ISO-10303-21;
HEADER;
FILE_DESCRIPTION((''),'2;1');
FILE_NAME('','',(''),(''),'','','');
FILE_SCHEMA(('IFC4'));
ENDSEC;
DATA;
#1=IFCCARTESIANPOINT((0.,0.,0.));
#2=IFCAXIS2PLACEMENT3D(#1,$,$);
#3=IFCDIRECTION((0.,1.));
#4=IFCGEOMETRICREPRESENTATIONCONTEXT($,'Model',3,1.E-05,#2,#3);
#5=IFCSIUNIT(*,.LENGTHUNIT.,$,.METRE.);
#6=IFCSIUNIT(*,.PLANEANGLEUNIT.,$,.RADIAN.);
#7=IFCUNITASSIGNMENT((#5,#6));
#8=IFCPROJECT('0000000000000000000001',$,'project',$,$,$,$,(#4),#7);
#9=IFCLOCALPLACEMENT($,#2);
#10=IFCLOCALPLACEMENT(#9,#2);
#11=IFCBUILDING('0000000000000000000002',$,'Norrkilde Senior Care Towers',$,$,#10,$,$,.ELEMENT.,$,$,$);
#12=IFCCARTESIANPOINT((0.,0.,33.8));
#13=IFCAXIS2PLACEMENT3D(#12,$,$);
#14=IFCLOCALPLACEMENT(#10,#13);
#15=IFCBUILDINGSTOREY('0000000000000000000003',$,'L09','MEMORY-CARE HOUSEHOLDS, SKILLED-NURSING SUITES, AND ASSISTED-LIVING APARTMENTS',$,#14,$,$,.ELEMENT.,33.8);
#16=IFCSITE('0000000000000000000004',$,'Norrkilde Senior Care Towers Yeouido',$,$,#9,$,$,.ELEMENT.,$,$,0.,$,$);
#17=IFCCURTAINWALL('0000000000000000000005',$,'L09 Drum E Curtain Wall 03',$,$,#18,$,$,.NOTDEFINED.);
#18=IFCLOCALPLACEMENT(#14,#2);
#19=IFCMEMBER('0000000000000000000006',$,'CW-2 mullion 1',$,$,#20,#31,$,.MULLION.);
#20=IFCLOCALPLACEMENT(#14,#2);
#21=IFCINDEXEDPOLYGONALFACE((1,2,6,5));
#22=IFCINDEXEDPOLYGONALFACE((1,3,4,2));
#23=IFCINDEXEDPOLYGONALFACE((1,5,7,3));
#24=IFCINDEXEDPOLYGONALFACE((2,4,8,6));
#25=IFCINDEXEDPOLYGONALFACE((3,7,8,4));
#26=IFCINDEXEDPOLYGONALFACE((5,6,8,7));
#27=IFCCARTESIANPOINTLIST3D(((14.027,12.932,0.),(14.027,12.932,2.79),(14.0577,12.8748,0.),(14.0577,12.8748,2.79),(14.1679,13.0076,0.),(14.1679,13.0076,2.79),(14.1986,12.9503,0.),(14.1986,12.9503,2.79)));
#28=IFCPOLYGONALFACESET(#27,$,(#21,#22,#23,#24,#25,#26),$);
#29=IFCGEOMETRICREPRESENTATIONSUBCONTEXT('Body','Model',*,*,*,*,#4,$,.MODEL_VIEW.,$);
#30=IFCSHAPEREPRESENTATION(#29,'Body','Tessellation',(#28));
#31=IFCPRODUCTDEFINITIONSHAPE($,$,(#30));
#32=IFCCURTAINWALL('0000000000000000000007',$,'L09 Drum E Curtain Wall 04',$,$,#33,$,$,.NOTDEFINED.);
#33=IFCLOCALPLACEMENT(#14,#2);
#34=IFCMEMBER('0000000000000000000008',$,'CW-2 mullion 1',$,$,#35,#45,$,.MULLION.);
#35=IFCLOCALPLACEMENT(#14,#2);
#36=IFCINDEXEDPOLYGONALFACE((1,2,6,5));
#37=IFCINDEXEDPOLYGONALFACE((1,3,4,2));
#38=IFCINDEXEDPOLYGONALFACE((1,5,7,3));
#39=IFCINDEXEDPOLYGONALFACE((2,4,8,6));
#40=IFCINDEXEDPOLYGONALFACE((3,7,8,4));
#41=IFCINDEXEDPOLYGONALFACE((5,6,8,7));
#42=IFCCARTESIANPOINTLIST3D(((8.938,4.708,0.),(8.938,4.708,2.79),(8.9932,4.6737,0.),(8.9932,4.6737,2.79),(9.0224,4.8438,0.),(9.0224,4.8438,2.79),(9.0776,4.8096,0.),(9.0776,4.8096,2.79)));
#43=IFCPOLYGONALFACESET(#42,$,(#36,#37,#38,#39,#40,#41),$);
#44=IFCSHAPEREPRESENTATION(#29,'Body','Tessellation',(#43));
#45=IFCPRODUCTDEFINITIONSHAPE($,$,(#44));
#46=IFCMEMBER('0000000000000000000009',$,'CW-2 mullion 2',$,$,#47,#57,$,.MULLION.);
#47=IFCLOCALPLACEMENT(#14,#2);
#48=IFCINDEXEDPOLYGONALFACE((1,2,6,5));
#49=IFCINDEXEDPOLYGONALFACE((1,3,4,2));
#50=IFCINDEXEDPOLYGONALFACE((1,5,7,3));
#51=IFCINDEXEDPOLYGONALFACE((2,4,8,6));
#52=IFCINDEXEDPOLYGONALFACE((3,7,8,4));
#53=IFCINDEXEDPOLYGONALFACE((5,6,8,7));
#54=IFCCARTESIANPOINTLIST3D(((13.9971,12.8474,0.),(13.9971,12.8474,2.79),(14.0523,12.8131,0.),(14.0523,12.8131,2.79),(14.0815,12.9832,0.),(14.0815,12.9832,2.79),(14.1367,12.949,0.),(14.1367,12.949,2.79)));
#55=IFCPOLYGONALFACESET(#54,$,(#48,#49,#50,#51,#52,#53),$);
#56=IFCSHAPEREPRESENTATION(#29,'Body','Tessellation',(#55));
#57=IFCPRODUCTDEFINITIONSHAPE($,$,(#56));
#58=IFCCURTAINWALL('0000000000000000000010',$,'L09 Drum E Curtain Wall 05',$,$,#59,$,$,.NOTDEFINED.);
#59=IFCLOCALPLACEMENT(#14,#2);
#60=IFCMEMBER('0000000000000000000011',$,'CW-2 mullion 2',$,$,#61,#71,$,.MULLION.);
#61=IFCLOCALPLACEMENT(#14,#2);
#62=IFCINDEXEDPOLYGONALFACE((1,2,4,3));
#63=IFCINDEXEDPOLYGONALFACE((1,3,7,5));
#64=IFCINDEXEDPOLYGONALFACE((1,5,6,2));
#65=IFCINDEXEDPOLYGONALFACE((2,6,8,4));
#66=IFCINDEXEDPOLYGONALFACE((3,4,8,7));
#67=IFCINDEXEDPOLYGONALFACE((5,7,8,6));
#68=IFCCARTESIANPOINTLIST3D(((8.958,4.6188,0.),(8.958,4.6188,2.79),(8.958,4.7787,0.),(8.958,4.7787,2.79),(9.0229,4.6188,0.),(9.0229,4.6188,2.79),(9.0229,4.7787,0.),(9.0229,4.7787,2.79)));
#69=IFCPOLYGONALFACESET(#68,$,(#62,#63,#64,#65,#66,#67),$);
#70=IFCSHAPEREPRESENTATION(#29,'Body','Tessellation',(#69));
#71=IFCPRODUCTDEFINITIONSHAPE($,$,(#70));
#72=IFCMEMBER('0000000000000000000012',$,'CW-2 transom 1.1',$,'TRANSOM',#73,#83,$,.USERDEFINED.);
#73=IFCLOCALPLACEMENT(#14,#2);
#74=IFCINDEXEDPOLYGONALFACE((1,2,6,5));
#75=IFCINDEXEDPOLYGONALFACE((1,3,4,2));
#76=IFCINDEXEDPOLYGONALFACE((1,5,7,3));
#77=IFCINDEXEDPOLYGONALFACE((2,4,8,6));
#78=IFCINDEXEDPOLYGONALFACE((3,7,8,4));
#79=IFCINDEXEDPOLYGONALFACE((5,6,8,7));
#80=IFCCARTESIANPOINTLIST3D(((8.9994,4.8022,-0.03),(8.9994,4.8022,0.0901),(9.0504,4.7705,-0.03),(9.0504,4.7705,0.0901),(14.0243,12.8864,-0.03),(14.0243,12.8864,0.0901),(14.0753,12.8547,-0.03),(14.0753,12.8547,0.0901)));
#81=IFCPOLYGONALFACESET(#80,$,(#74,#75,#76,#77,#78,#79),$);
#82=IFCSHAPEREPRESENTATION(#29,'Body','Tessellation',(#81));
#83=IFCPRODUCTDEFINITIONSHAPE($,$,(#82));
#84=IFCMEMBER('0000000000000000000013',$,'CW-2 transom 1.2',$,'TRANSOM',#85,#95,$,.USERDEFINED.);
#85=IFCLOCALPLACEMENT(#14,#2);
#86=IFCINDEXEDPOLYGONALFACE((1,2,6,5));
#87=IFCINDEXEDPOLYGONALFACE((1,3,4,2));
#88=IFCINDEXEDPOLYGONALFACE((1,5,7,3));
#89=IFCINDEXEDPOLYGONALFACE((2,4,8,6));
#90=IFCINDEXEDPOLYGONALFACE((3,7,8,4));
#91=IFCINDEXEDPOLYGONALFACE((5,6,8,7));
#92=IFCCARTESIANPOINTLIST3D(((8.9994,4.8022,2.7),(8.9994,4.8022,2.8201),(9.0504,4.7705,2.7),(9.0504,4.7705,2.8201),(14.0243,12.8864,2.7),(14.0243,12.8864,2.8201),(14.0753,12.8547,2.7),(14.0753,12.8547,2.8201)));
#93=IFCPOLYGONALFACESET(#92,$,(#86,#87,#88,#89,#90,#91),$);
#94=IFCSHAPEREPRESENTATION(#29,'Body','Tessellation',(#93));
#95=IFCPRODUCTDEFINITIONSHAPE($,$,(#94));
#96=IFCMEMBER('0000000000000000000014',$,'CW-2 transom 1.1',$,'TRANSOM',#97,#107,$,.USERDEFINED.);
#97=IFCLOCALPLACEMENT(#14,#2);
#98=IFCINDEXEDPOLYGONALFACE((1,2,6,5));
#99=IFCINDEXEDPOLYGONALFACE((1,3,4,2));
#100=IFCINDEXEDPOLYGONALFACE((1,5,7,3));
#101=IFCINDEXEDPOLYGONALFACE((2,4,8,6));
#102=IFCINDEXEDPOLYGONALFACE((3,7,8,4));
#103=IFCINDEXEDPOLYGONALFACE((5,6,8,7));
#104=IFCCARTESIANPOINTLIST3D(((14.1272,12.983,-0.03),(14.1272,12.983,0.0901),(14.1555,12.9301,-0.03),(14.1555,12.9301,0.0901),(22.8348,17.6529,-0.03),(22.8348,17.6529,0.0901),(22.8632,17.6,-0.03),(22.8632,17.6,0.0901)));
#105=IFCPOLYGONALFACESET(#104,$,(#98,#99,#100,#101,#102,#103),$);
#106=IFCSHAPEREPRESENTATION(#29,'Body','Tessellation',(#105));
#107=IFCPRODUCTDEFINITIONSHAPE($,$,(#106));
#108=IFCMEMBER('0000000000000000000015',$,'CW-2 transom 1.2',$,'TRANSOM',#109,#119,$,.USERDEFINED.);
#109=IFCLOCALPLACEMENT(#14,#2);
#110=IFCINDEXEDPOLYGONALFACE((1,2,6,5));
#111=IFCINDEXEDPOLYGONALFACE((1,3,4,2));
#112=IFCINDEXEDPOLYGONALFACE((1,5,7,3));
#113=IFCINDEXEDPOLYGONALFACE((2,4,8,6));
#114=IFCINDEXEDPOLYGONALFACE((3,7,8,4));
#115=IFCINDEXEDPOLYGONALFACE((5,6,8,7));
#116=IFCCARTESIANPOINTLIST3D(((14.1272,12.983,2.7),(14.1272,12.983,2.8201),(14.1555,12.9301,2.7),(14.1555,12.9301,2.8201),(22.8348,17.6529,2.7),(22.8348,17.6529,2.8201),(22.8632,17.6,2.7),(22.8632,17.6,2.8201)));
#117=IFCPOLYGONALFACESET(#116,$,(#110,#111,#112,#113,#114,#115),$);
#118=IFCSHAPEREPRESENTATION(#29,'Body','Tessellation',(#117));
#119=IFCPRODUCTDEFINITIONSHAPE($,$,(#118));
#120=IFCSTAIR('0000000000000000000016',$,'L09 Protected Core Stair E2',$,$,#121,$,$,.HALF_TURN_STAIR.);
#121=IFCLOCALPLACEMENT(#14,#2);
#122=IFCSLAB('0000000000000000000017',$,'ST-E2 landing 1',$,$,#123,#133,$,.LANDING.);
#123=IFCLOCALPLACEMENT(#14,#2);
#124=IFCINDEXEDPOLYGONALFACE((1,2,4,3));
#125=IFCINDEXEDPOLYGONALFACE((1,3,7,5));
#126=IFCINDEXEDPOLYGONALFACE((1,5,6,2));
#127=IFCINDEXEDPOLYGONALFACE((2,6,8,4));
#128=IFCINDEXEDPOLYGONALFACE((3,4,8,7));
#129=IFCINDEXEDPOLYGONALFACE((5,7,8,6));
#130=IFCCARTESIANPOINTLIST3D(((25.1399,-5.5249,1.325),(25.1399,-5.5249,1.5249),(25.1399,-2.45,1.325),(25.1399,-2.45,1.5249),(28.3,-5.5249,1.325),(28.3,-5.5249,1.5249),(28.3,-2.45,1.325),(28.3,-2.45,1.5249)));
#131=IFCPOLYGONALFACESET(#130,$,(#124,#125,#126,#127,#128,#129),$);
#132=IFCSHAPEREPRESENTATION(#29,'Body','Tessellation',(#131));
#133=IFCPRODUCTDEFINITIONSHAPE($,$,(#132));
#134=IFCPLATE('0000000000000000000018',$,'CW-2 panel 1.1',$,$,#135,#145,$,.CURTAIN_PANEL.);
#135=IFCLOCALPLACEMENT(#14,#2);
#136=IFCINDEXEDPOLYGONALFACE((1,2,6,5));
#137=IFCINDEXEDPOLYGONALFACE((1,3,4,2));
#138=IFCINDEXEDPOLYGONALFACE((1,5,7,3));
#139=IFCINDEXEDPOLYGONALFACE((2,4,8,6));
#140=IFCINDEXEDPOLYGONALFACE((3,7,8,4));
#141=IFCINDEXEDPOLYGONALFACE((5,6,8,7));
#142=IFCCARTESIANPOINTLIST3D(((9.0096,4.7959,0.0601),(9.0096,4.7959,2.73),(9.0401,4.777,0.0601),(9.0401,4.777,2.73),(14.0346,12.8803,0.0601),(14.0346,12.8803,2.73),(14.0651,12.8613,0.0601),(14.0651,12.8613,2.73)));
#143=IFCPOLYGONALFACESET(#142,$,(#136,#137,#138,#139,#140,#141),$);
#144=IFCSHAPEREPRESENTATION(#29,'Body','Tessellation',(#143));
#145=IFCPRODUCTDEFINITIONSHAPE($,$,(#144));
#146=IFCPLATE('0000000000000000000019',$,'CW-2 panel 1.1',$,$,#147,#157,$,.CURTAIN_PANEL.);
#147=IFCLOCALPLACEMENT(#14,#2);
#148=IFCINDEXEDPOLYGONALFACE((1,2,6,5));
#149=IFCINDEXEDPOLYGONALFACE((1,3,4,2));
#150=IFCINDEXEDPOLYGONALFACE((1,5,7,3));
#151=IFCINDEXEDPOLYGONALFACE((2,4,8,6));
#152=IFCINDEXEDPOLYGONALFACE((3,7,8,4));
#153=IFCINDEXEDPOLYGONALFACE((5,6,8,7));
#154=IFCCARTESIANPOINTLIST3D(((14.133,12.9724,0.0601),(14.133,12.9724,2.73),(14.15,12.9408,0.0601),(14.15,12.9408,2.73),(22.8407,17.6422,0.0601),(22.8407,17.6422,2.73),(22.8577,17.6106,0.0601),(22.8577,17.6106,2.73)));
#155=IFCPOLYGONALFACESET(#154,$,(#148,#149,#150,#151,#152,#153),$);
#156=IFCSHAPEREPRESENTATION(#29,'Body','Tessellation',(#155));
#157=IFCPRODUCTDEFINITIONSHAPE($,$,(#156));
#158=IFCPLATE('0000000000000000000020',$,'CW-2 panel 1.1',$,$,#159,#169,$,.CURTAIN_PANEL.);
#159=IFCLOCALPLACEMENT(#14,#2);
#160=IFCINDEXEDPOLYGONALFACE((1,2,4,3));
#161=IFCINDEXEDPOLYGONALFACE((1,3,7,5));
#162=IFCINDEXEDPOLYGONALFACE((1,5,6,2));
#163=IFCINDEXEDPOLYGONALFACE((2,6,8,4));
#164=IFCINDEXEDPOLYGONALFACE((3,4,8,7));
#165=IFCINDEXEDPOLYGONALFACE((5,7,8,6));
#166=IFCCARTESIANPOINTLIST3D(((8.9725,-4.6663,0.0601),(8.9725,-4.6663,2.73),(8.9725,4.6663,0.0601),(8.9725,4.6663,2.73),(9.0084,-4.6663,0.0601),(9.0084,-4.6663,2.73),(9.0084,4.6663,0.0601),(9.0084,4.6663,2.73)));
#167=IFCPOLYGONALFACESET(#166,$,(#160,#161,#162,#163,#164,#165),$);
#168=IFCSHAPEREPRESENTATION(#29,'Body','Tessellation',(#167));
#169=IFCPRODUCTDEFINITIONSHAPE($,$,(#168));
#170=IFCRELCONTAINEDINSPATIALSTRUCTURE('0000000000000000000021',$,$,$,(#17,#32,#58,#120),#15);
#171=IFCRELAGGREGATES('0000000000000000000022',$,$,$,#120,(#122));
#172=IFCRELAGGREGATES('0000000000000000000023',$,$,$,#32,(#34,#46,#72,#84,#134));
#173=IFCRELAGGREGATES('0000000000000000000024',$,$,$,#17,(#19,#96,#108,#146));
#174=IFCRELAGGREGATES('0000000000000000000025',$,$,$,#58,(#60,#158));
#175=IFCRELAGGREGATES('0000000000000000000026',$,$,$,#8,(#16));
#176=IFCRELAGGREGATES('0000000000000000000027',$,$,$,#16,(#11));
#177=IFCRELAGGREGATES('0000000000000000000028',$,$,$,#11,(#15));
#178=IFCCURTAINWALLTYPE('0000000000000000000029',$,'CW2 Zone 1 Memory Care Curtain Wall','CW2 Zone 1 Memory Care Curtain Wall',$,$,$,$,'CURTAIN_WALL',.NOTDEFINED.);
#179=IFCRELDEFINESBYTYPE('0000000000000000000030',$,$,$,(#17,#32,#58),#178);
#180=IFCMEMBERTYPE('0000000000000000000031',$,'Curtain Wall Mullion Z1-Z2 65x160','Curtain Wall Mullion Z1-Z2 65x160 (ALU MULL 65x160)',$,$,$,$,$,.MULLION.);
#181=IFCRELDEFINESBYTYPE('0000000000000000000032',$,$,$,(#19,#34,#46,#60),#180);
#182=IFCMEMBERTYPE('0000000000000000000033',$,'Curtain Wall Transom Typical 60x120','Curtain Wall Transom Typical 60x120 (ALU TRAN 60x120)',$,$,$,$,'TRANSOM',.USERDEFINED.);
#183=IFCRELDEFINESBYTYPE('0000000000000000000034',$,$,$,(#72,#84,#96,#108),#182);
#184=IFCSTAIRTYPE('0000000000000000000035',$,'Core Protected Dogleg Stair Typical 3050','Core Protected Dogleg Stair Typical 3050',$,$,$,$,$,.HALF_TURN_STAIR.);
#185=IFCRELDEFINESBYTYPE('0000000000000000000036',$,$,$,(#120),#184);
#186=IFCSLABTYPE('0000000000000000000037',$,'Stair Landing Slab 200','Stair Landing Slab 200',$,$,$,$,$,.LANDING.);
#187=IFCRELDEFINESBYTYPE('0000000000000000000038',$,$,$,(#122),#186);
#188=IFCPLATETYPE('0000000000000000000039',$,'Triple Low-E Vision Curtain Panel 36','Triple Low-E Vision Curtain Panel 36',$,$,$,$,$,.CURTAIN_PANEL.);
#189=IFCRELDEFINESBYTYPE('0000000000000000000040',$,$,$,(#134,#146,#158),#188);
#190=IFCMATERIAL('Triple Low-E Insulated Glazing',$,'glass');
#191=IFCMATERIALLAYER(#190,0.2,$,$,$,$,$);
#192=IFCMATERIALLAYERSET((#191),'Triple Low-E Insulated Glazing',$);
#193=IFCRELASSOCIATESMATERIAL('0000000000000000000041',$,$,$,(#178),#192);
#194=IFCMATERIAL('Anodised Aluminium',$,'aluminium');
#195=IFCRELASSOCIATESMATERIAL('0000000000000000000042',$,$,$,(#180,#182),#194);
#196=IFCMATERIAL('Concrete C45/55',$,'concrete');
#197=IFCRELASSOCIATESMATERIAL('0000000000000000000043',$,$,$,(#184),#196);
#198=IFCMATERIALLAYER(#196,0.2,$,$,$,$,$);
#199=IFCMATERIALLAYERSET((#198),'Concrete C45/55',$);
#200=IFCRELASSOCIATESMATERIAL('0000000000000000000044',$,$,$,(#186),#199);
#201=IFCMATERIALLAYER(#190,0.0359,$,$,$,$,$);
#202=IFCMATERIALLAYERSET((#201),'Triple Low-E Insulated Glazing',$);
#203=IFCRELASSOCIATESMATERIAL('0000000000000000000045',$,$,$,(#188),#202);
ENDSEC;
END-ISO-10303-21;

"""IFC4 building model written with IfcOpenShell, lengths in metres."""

from ifc_helpers import new_model, si_unit, direction, frame, origin, origin_2d, place, context, subcontext, project, spatial, polyline, rectangle, outline, extrude, source, transform, mapped, material, layer, layer_set, material_profile, profile_set, type_object, type_shapes, element, aggregate, save


model = new_model("IFC4")

# Units and contexts
model_context = context("Model", 3, precision=1e-05, world=origin(), true_north=direction((0.0, 1.0)))
body_context = subcontext(model_context, "Body", "Model", "MODEL_VIEW")
ifc_project = project(units=[si_unit("LENGTHUNIT", "METRE"), si_unit("PLANEANGLEUNIT", "RADIAN")], contexts=[model_context])

# Site, building, storey
site_placement = place(None, origin())
site = spatial("IfcSite", under=ifc_project, at=site_placement, Name="Norrkilde Senior Care Towers Yeouido", CompositionType="ELEMENT", RefElevation=0.0)
building_placement = place(site_placement, origin())
building = spatial("IfcBuilding", under=site, at=building_placement, Name="Norrkilde Senior Care Towers", CompositionType="ELEMENT")
storey_placement = place(building_placement, frame((0.0, 0.0, 33.8)))
storey = spatial("IfcBuildingStorey", under=building, at=storey_placement, Name="L09", Description="MEMORY-CARE HOUSEHOLDS, SKILLED-NURSING SUITES, AND ASSISTED-LIVING APARTMENTS", CompositionType="ELEMENT", Elevation=33.8)

# Curtain wall, member
ifc_material_1 = material(Name="Triple Low-E Insulated Glazing", Category="glass")
ifc_layer_1 = layer(ifc_material_1, 0.2)
ifc_layer_set_1 = layer_set([ifc_layer_1], Name="Triple Low-E Insulated Glazing")
curtain_wall_type = type_object("IfcCurtainWallType", Name="CW2 Zone 1 Memory Care Curtain Wall", Description="CW2 Zone 1 Memory Care Curtain Wall", ElementType="CURTAIN_WALL", PredefinedType="NOTDEFINED", material=ifc_layer_set_1)
curtain_wall_1_placement = place(storey_placement, origin())
curtain_wall_1 = element("IfcCurtainWall", 1, at=curtain_wall_1_placement, inside=storey, type_object=curtain_wall_type, Name="L09 Drum E Curtain Wall 03", PredefinedType="NOTDEFINED")
ifc_material_2 = material(Name="Anodised Aluminium", Category="aluminium")
ifc_material_profile_1 = material_profile(ifc_material_2, rectangle(XDim=0.0649, YDim=0.1599, at=origin_2d()), Name="ALU MULL 65x160")
ifc_profile_set_1 = profile_set([ifc_material_profile_1], Name="Anodised Aluminium")
member_type_1 = type_object("IfcMemberType", Name="Curtain Wall Mullion Z1-Z2 65x160", Description="Curtain Wall Mullion Z1-Z2 65x160 (ALU MULL 65x160)", PredefinedType="MULLION", material=ifc_profile_set_1)
shared_shape_1 = source(origin(), body_context, "Body", "SweptSolid", [
    extrude(rectangle(XDim=0.0649, YDim=0.1599, at=origin_2d()), origin(), (0.0, 0.0, 1.0), 2.79),
])
type_shapes(member_type_1, [shared_shape_1])
member_1_placement = place(storey_placement, frame((14.1128, 12.9412, 0.0), z_axis=(0.0, 0.0, 1.0), x_axis=(-0.472608, 0.881273, 0.0)))
member_1 = element("IfcMember", 2, at=member_1_placement, type_object=member_type_1, Name="CW-2 mullion 1", PredefinedType="MULLION", context=body_context, shape_type="MappedRepresentation", body=[
    mapped(shared_shape_1, transform((0.0, 0.0, 0.0), x_axis=(1.0, 0.0, 0.0), y_axis=(0.0, 1.0, 0.0), z_axis=(0.0, 0.0, 1.0), scale=1.0)),
])

# Curtain wall, members
curtain_wall_2_placement = place(storey_placement, origin())
curtain_wall_2 = element("IfcCurtainWall", 3, at=curtain_wall_2_placement, inside=storey, type_object=curtain_wall_type, Name="L09 Drum E Curtain Wall 04", PredefinedType="NOTDEFINED")
member_2_placement = place(storey_placement, frame((9.0078, 4.7588, 0.0), z_axis=(0.0, 0.0, 1.0), x_axis=(-0.849306, 0.527901, 0.0)))
member_2 = element("IfcMember", 4, at=member_2_placement, type_object=member_type_1, Name="CW-2 mullion 1", PredefinedType="MULLION", context=body_context, shape_type="MappedRepresentation", body=[
    mapped(shared_shape_1, transform((0.0, 0.0, 0.0), x_axis=(1.0, 0.0, 0.0), y_axis=(0.0, 1.0, 0.0), z_axis=(0.0, 0.0, 1.0), scale=1.0)),
])
member_3_placement = place(storey_placement, frame((14.0669, 12.8982, 0.0), z_axis=(0.0, 0.0, 1.0), x_axis=(-0.849306, 0.527901, 0.0)))
member_3 = element("IfcMember", 5, at=member_3_placement, type_object=member_type_1, Name="CW-2 mullion 2", PredefinedType="MULLION", context=body_context, shape_type="MappedRepresentation", body=[
    mapped(shared_shape_1, transform((0.0, 0.0, 0.0), x_axis=(1.0, 0.0, 0.0), y_axis=(0.0, 1.0, 0.0), z_axis=(0.0, 0.0, 1.0), scale=1.0)),
])

# Curtain wall, member
curtain_wall_3_placement = place(storey_placement, origin())
curtain_wall_3 = element("IfcCurtainWall", 6, at=curtain_wall_3_placement, inside=storey, type_object=curtain_wall_type, Name="L09 Drum E Curtain Wall 05", PredefinedType="NOTDEFINED")
member_4_placement = place(storey_placement, frame((8.9905, 4.6987, 0.0), z_axis=(0.0, 0.0, 1.0), x_axis=(-1.0, 0.0, 0.0)))
member_4 = element("IfcMember", 7, at=member_4_placement, type_object=member_type_1, Name="CW-2 mullion 2", PredefinedType="MULLION", context=body_context, shape_type="MappedRepresentation", body=[
    mapped(shared_shape_1, transform((0.0, 0.0, 0.0), x_axis=(1.0, 0.0, 0.0), y_axis=(0.0, 1.0, 0.0), z_axis=(0.0, 0.0, 1.0), scale=1.0)),
])

# Members
ifc_material_profile_2 = material_profile(ifc_material_2, rectangle(XDim=0.0601, YDim=0.1201, at=origin_2d()), Name="ALU TRAN 60x120")
ifc_profile_set_2 = profile_set([ifc_material_profile_2], Name="Anodised Aluminium")
member_type_2 = type_object("IfcMemberType", Name="Curtain Wall Transom Typical 60x120", Description="Curtain Wall Transom Typical 60x120 (ALU TRAN 60x120)", ElementType="TRANSOM", PredefinedType="USERDEFINED", material=ifc_profile_set_2)
shared_shape_2 = source(origin(), body_context, "Body", "SweptSolid", [
    extrude(rectangle(XDim=0.0601, YDim=0.1201, at=origin_2d()), origin(), (0.0, 0.0, 1.0), 9.5186),
])
member_5_placement = place(storey_placement, frame((9.0249, 4.7864, 0.03), z_axis=(0.527902, 0.849306, 0.0), x_axis=(-0.849306, 0.527902, 0.0)))
member_5 = element("IfcMember", 8, at=member_5_placement, type_object=member_type_2, Name="CW-2 transom 1.1", ObjectType="TRANSOM", PredefinedType="USERDEFINED", context=body_context, shape_type="MappedRepresentation", body=[
    mapped(shared_shape_2, transform((0.0, 0.0, 0.0), x_axis=(1.0, 0.0, 0.0), y_axis=(0.0, 1.0, 0.0), z_axis=(0.0, 0.0, 1.0), scale=1.0)),
])
member_6_placement = place(storey_placement, frame((9.0249, 4.7864, 2.76), z_axis=(0.527902, 0.849306, 0.0), x_axis=(-0.849306, 0.527902, 0.0)))
member_6 = element("IfcMember", 9, at=member_6_placement, type_object=member_type_2, Name="CW-2 transom 1.2", ObjectType="TRANSOM", PredefinedType="USERDEFINED", context=body_context, shape_type="MappedRepresentation", body=[
    mapped(shared_shape_2, transform((0.0, 0.0, 0.0), x_axis=(1.0, 0.0, 0.0), y_axis=(0.0, 1.0, 0.0), z_axis=(0.0, 0.0, 1.0), scale=1.0)),
])
shared_shape_3 = source(origin(), body_context, "Body", "SweptSolid", [
    extrude(rectangle(XDim=0.0601, YDim=0.1201, at=origin_2d()), origin(), (0.0, 0.0, 1.0), 9.8809),
])
type_shapes(member_type_2, [shared_shape_2, shared_shape_3])
member_7_placement = place(storey_placement, frame((14.1414, 12.9565, 0.03), z_axis=(0.881267, 0.472618, 0.0), x_axis=(-0.472618, 0.881267, 0.0)))
member_7 = element("IfcMember", 10, at=member_7_placement, type_object=member_type_2, Name="CW-2 transom 1.1", ObjectType="TRANSOM", PredefinedType="USERDEFINED", context=body_context, shape_type="MappedRepresentation", body=[
    mapped(shared_shape_3, transform((0.0, 0.0, 0.0), x_axis=(1.0, 0.0, 0.0), y_axis=(0.0, 1.0, 0.0), z_axis=(0.0, 0.0, 1.0), scale=1.0)),
])
member_8_placement = place(storey_placement, frame((14.1414, 12.9565, 2.76), z_axis=(0.881267, 0.472618, 0.0), x_axis=(-0.472618, 0.881267, 0.0)))
member_8 = element("IfcMember", 11, at=member_8_placement, type_object=member_type_2, Name="CW-2 transom 1.2", ObjectType="TRANSOM", PredefinedType="USERDEFINED", context=body_context, shape_type="MappedRepresentation", body=[
    mapped(shared_shape_3, transform((0.0, 0.0, 0.0), x_axis=(1.0, 0.0, 0.0), y_axis=(0.0, 1.0, 0.0), z_axis=(0.0, 0.0, 1.0), scale=1.0)),
])

# Stair, slab
ifc_material_3 = material(Name="Concrete C45/55", Category="concrete")
stair_type = type_object("IfcStairType", Name="Core Protected Dogleg Stair Typical 3050", Description="Core Protected Dogleg Stair Typical 3050", PredefinedType="HALF_TURN_STAIR", material=ifc_material_3)
stair_placement = place(storey_placement, origin())
stair = element("IfcStair", 12, at=stair_placement, inside=storey, type_object=stair_type, Name="L09 Protected Core Stair E2", PredefinedType="HALF_TURN_STAIR")
ifc_layer_2 = layer(ifc_material_3, 0.2)
ifc_layer_set_2 = layer_set([ifc_layer_2], Name="Concrete C45/55")
slab_type = type_object("IfcSlabType", Name="Stair Landing Slab 200", Description="Stair Landing Slab 200", PredefinedType="LANDING", material=ifc_layer_set_2)
slab_placement = place(storey_placement, frame((0.0, 0.0, 1.325)))
slab = element("IfcSlab", 13, at=slab_placement, type_object=slab_type, Name="ST-E2 landing 1", PredefinedType="LANDING", context=body_context, shape_type="SweptSolid", body=[
    extrude(outline(polyline([(25.1399, -5.5249), (28.3, -5.5249), (28.3, -2.45), (25.1399, -2.45), (25.1399, -5.5249)])), origin(), (0.0, 0.0, 1.0), 0.2),
])
aggregate(stair, [slab])

# Plates
ifc_layer_3 = layer(ifc_material_1, 0.0359)
ifc_layer_set_3 = layer_set([ifc_layer_3], Name="Triple Low-E Insulated Glazing")
plate_type = type_object("IfcPlateType", Name="Triple Low-E Vision Curtain Panel 36", Description="Triple Low-E Vision Curtain Panel 36", PredefinedType="CURTAIN_PANEL", material=ifc_layer_set_3)
shared_shape_4 = source(origin(), body_context, "Body", "SweptSolid", [
    extrude(rectangle(XDim=9.5188, YDim=0.0359, at=origin_2d()), origin(), (0.0, 0.0, 1.0), 2.6699),
])
plate_1_placement = place(storey_placement, frame((11.5374, 8.8286, 0.0601), z_axis=(0.0, 0.0, 1.0), x_axis=(0.527901, 0.849306, 0.0)))
plate_1 = element("IfcPlate", 14, at=plate_1_placement, type_object=plate_type, Name="CW-2 panel 1.1", PredefinedType="CURTAIN_PANEL", context=body_context, shape_type="MappedRepresentation", body=[
    mapped(shared_shape_4, transform((0.0, 0.0, 0.0), x_axis=(1.0, 0.0, 0.0), y_axis=(0.0, 1.0, 0.0), z_axis=(0.0, 0.0, 1.0), scale=1.0)),
])
aggregate(curtain_wall_2, [member_2, member_3, member_5, member_6, plate_1])
shared_shape_5 = source(origin(), body_context, "Body", "SweptSolid", [
    extrude(rectangle(XDim=9.8809, YDim=0.0359, at=origin_2d()), origin(), (0.0, 0.0, 1.0), 2.6699),
])
plate_2_placement = place(storey_placement, frame((18.4954, 15.2915, 0.0601), z_axis=(0.0, 0.0, 1.0), x_axis=(0.881273, 0.472608, 0.0)))
plate_2 = element("IfcPlate", 15, at=plate_2_placement, type_object=plate_type, Name="CW-2 panel 1.1", PredefinedType="CURTAIN_PANEL", context=body_context, shape_type="MappedRepresentation", body=[
    mapped(shared_shape_5, transform((0.0, 0.0, 0.0), x_axis=(1.0, 0.0, 0.0), y_axis=(0.0, 1.0, 0.0), z_axis=(0.0, 0.0, 1.0), scale=1.0)),
])
aggregate(curtain_wall_1, [member_1, member_7, member_8, plate_2])
shared_shape_6 = source(origin(), body_context, "Body", "SweptSolid", [
    extrude(rectangle(XDim=9.3325, YDim=0.0359, at=origin_2d()), origin(), (0.0, 0.0, 1.0), 2.6699),
])
type_shapes(plate_type, [shared_shape_4, shared_shape_5, shared_shape_6])
plate_3_placement = place(storey_placement, frame((8.9905, 0.0, 0.0601), z_axis=(0.0, 0.0, 1.0), x_axis=(0.0, 1.0, 0.0)))
plate_3 = element("IfcPlate", 16, at=plate_3_placement, type_object=plate_type, Name="CW-2 panel 1.1", PredefinedType="CURTAIN_PANEL", context=body_context, shape_type="MappedRepresentation", body=[
    mapped(shared_shape_6, transform((0.0, 0.0, 0.0), x_axis=(1.0, 0.0, 0.0), y_axis=(0.0, 1.0, 0.0), z_axis=(0.0, 0.0, 1.0), scale=1.0)),
])
aggregate(curtain_wall_3, [member_4, plate_3])

save(model, "model.ifc")
